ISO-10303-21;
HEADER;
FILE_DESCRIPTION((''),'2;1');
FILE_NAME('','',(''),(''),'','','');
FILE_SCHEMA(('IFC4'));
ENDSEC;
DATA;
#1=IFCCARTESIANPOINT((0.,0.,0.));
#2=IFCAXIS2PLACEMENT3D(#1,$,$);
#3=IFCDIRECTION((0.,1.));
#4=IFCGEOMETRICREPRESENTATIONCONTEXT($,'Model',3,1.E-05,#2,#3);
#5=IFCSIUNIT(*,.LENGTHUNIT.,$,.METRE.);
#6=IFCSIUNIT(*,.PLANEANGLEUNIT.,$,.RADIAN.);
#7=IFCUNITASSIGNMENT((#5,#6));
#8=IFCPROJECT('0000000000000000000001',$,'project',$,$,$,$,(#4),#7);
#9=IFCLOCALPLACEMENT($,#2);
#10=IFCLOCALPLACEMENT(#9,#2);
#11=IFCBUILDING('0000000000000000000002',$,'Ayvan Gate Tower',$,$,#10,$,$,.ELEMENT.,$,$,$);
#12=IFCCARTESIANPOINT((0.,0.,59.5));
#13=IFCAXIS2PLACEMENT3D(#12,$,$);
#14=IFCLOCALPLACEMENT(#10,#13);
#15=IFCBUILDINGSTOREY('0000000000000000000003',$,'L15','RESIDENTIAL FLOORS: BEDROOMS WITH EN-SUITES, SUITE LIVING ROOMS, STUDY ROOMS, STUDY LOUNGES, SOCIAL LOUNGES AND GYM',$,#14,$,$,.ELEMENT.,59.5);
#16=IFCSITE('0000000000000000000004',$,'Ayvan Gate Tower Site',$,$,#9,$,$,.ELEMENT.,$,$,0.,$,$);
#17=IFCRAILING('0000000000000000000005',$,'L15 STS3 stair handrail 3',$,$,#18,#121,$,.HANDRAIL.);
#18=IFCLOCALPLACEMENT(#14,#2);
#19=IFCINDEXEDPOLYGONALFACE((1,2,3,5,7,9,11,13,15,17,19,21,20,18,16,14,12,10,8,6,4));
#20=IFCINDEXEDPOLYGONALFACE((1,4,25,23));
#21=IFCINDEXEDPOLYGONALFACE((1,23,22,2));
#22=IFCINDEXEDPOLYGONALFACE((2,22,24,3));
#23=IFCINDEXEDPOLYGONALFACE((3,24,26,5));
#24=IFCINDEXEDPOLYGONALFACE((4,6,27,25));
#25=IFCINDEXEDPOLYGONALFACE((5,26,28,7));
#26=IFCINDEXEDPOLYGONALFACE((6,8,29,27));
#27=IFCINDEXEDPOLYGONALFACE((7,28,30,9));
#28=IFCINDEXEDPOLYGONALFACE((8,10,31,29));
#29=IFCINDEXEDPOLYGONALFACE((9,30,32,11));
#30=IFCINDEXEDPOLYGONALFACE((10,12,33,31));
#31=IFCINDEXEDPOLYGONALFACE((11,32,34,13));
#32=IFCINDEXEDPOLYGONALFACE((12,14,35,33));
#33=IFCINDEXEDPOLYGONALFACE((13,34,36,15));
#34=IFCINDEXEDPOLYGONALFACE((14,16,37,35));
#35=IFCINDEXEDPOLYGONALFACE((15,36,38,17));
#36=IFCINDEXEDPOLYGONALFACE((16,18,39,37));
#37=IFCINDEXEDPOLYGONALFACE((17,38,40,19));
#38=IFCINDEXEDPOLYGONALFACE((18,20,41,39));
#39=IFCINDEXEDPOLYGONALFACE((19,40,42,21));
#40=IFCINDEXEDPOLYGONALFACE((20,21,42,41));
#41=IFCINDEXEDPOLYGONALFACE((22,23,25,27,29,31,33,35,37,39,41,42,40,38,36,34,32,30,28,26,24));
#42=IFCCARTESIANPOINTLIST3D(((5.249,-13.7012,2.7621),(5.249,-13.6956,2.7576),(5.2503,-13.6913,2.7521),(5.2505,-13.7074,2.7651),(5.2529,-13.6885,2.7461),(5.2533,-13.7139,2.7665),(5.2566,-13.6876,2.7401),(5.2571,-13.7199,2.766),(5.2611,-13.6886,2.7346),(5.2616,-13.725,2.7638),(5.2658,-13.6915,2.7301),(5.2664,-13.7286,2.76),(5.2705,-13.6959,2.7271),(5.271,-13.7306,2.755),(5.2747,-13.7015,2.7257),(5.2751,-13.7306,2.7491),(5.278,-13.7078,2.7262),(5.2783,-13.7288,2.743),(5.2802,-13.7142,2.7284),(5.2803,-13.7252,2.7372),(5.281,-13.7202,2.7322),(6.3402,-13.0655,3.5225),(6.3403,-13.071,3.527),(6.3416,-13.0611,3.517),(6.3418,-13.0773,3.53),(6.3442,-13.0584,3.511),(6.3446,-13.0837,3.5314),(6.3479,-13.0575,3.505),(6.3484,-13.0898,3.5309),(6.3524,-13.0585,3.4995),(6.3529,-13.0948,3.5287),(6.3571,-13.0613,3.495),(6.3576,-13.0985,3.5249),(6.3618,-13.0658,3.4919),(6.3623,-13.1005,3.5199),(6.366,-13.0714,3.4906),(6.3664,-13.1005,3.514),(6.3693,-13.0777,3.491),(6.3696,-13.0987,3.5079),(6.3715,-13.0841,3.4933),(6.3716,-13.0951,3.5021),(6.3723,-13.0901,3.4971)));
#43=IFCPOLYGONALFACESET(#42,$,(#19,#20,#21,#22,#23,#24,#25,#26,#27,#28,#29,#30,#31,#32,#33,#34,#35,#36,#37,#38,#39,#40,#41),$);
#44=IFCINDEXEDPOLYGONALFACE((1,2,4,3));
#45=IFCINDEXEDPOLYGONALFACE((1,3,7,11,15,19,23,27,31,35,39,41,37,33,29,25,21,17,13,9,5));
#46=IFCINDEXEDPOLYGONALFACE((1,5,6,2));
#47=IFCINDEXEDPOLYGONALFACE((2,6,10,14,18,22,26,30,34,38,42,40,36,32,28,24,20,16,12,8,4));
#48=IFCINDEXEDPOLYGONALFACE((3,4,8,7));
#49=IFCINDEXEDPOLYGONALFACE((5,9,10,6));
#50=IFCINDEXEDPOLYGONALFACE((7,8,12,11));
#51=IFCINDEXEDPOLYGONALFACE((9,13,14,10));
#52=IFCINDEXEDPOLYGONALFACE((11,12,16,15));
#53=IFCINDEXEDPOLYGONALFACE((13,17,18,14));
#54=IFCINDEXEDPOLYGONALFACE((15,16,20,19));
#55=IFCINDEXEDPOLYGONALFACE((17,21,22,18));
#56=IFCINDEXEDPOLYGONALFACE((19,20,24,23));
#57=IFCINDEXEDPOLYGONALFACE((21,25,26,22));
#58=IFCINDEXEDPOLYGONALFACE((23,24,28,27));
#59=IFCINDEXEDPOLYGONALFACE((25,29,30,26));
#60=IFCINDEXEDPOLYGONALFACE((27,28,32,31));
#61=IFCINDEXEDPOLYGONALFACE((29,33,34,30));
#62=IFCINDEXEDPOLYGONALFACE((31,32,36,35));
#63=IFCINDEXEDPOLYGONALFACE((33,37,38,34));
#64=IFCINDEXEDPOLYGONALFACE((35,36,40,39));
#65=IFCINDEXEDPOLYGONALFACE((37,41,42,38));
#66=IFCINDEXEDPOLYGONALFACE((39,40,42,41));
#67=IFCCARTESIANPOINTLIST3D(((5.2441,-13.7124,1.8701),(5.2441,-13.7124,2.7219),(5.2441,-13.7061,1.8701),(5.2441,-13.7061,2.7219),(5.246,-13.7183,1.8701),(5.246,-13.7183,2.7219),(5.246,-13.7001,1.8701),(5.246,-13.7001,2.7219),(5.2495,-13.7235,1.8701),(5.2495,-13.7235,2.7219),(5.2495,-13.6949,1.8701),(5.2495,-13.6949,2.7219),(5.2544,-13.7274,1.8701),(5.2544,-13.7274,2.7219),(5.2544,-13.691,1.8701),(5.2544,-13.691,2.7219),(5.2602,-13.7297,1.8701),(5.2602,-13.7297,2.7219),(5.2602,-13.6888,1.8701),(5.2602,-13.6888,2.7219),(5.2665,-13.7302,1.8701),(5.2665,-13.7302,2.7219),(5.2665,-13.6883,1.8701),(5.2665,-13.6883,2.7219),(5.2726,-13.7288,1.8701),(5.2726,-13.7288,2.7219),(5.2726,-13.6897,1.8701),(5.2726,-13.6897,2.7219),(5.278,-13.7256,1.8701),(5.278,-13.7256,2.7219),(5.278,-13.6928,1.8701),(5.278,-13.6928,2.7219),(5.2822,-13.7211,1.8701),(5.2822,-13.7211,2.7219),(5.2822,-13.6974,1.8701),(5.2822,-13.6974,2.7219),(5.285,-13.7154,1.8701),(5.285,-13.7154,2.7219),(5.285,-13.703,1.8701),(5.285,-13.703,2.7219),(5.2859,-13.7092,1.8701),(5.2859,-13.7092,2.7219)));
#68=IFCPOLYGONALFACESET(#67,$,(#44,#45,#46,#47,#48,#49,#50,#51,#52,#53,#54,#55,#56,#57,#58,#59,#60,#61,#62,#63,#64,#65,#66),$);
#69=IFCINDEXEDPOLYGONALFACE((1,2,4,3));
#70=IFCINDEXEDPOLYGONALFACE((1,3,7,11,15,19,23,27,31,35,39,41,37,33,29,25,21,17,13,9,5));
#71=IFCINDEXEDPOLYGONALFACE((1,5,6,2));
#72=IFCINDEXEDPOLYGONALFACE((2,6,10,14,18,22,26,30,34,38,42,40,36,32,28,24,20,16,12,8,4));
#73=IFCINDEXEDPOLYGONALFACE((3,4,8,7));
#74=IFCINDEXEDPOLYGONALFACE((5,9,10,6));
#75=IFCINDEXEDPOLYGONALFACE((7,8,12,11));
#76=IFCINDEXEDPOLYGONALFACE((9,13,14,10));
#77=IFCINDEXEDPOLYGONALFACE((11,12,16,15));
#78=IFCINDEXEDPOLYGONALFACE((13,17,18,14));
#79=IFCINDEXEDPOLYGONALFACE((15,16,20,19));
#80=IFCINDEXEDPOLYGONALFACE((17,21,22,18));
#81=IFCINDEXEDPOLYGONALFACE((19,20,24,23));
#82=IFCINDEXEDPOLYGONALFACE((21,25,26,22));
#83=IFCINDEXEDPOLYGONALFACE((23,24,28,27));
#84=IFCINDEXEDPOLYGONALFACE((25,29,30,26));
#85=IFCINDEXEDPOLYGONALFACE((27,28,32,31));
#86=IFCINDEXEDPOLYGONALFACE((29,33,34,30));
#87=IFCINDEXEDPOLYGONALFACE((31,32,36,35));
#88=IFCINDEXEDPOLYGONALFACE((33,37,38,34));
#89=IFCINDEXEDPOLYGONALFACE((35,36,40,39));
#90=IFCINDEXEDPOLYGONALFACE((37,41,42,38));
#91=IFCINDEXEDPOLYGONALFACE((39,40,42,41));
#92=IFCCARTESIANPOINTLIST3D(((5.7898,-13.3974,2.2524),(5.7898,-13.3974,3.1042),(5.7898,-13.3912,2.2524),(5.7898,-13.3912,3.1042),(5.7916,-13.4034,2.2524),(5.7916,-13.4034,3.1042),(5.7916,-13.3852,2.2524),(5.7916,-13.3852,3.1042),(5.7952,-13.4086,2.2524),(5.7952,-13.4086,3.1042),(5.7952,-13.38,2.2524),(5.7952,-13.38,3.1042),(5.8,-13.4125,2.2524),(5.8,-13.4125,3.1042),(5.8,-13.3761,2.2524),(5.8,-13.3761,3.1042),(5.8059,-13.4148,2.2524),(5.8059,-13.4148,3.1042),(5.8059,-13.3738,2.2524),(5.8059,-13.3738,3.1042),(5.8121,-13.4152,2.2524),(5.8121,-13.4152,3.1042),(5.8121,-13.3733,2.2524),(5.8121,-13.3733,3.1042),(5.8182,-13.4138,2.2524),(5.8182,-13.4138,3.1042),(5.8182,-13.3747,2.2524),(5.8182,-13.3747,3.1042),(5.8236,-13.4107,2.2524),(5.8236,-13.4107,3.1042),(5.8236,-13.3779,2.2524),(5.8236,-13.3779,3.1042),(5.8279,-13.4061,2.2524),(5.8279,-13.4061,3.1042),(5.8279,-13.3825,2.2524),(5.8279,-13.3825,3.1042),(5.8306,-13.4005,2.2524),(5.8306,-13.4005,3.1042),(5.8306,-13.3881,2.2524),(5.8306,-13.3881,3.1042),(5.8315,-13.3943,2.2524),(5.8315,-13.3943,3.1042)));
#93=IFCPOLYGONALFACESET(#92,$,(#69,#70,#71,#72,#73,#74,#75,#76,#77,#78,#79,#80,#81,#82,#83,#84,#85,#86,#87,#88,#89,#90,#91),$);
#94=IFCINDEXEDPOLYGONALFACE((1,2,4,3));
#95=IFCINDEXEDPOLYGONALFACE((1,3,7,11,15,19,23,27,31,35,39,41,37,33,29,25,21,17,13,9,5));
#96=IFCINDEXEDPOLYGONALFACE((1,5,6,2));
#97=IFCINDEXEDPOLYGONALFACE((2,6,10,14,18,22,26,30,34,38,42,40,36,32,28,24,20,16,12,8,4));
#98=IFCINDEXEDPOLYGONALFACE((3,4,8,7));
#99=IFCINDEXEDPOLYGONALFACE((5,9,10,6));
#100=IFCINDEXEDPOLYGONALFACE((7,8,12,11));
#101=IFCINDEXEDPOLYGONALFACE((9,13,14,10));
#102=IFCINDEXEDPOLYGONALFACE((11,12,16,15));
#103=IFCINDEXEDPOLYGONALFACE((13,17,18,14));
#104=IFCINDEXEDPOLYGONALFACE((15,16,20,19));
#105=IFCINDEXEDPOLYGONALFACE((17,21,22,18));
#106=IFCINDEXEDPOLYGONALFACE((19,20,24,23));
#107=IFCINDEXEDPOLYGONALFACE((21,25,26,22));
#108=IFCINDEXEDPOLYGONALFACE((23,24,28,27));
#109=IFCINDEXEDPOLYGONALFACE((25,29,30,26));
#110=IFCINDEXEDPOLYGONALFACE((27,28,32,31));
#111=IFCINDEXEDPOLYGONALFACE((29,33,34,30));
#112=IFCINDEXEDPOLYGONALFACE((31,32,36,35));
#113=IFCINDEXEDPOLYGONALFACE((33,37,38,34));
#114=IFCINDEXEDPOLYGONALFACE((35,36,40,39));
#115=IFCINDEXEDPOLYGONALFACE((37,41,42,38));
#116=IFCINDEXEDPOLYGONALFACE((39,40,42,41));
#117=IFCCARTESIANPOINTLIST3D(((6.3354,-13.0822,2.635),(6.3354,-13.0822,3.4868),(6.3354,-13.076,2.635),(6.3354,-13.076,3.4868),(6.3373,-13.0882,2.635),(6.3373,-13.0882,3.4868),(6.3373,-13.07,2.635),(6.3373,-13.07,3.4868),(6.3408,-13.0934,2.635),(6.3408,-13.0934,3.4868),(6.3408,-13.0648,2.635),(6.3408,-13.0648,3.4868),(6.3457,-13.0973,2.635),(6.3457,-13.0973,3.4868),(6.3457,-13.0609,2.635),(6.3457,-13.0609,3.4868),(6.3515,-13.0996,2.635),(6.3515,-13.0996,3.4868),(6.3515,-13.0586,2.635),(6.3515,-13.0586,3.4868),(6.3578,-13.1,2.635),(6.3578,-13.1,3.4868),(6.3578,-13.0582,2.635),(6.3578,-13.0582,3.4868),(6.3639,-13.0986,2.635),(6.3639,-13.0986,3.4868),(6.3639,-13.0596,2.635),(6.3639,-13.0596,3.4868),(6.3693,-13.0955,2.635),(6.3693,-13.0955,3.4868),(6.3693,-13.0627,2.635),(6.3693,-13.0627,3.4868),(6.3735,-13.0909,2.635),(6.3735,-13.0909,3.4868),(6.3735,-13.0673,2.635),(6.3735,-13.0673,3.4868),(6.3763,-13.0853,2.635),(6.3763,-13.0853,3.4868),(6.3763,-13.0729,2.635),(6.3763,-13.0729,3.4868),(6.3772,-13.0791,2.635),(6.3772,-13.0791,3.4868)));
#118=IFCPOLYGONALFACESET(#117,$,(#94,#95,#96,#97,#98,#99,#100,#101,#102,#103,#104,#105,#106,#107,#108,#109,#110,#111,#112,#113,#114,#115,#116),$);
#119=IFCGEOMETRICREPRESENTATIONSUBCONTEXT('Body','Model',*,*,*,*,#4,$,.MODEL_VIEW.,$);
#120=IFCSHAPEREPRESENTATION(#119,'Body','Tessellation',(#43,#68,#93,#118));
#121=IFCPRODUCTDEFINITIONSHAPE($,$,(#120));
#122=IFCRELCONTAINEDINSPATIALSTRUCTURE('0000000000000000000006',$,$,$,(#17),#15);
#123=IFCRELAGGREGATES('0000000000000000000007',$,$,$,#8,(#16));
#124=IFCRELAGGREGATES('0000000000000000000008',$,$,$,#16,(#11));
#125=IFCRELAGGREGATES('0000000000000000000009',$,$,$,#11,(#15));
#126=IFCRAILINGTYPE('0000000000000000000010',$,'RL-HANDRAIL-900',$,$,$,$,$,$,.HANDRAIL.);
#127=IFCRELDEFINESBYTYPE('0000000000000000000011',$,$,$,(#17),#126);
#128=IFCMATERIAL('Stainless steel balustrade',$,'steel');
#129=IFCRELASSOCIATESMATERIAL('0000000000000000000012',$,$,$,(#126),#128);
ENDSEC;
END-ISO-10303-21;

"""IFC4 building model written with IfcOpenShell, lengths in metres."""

from ifc_helpers import new_model, si_unit, direction, frame, origin, origin_2d, place, context, subcontext, project, spatial, circle, extrude, material, type_object, element, save


model = new_model("IFC4")

# Units and contexts
model_context = context("Model", 3, precision=1e-05, world=origin(), true_north=direction((0.0, 1.0)))
body_context = subcontext(model_context, "Body", "Model", "MODEL_VIEW")
ifc_project = project(units=[si_unit("LENGTHUNIT", "METRE"), si_unit("PLANEANGLEUNIT", "RADIAN")], contexts=[model_context])

# Site, building, storey
site_placement = place(None, origin())
site = spatial("IfcSite", under=ifc_project, at=site_placement, Name="Ayvan Gate Tower Site", CompositionType="ELEMENT", RefElevation=0.0)
building_placement = place(site_placement, origin())
building = spatial("IfcBuilding", under=site, at=building_placement, Name="Ayvan Gate Tower", CompositionType="ELEMENT")
storey_placement = place(building_placement, frame((0.0, 0.0, 59.5)))
storey = spatial("IfcBuildingStorey", under=building, at=storey_placement, Name="L15", Description="RESIDENTIAL FLOORS: BEDROOMS WITH EN-SUITES, SUITE LIVING ROOMS, STUDY ROOMS, STUDY LOUNGES, SOCIAL LOUNGES AND GYM", CompositionType="ELEMENT", Elevation=59.5)

# Railing
ifc_material_1 = material(Name="Stainless steel balustrade", Category="steel")
railing_type_1 = type_object("IfcRailingType", Name="RL-HANDRAIL-900", PredefinedType="HANDRAIL", material=ifc_material_1)
railing_1_placement = place(storey_placement, frame((5.2649, -13.7092, 1.8701)))
element("IfcRailing", 1, at=railing_1_placement, inside=storey, type_object=railing_type_1, Name="L15 STS3 stair handrail 3", PredefinedType="HANDRAIL", context=body_context, shape_type="SweptSolid", body=[
    extrude(circle(Radius=0.0239, at=origin_2d()), frame((0.0, 0.0, 0.876), z_axis=(0.740304, 0.427455, 0.518875), x_axis=(-0.500035, 0.866005, 0.0)), (0.0, 0.0, 1.0), 1.4741),
    extrude(circle(Radius=0.021, at=origin_2d()), origin(), (0.0, 0.0, 1.0), 0.8518),
    extrude(circle(Radius=0.021, at=origin_2d()), frame((0.5457, 0.3149, 0.3823)), (0.0, 0.0, 1.0), 0.8518),
    extrude(circle(Radius=0.021, at=origin_2d()), frame((1.0913, 0.6301, 0.7649)), (0.0, 0.0, 1.0), 0.8518),
])

save(model, "model.ifc")
